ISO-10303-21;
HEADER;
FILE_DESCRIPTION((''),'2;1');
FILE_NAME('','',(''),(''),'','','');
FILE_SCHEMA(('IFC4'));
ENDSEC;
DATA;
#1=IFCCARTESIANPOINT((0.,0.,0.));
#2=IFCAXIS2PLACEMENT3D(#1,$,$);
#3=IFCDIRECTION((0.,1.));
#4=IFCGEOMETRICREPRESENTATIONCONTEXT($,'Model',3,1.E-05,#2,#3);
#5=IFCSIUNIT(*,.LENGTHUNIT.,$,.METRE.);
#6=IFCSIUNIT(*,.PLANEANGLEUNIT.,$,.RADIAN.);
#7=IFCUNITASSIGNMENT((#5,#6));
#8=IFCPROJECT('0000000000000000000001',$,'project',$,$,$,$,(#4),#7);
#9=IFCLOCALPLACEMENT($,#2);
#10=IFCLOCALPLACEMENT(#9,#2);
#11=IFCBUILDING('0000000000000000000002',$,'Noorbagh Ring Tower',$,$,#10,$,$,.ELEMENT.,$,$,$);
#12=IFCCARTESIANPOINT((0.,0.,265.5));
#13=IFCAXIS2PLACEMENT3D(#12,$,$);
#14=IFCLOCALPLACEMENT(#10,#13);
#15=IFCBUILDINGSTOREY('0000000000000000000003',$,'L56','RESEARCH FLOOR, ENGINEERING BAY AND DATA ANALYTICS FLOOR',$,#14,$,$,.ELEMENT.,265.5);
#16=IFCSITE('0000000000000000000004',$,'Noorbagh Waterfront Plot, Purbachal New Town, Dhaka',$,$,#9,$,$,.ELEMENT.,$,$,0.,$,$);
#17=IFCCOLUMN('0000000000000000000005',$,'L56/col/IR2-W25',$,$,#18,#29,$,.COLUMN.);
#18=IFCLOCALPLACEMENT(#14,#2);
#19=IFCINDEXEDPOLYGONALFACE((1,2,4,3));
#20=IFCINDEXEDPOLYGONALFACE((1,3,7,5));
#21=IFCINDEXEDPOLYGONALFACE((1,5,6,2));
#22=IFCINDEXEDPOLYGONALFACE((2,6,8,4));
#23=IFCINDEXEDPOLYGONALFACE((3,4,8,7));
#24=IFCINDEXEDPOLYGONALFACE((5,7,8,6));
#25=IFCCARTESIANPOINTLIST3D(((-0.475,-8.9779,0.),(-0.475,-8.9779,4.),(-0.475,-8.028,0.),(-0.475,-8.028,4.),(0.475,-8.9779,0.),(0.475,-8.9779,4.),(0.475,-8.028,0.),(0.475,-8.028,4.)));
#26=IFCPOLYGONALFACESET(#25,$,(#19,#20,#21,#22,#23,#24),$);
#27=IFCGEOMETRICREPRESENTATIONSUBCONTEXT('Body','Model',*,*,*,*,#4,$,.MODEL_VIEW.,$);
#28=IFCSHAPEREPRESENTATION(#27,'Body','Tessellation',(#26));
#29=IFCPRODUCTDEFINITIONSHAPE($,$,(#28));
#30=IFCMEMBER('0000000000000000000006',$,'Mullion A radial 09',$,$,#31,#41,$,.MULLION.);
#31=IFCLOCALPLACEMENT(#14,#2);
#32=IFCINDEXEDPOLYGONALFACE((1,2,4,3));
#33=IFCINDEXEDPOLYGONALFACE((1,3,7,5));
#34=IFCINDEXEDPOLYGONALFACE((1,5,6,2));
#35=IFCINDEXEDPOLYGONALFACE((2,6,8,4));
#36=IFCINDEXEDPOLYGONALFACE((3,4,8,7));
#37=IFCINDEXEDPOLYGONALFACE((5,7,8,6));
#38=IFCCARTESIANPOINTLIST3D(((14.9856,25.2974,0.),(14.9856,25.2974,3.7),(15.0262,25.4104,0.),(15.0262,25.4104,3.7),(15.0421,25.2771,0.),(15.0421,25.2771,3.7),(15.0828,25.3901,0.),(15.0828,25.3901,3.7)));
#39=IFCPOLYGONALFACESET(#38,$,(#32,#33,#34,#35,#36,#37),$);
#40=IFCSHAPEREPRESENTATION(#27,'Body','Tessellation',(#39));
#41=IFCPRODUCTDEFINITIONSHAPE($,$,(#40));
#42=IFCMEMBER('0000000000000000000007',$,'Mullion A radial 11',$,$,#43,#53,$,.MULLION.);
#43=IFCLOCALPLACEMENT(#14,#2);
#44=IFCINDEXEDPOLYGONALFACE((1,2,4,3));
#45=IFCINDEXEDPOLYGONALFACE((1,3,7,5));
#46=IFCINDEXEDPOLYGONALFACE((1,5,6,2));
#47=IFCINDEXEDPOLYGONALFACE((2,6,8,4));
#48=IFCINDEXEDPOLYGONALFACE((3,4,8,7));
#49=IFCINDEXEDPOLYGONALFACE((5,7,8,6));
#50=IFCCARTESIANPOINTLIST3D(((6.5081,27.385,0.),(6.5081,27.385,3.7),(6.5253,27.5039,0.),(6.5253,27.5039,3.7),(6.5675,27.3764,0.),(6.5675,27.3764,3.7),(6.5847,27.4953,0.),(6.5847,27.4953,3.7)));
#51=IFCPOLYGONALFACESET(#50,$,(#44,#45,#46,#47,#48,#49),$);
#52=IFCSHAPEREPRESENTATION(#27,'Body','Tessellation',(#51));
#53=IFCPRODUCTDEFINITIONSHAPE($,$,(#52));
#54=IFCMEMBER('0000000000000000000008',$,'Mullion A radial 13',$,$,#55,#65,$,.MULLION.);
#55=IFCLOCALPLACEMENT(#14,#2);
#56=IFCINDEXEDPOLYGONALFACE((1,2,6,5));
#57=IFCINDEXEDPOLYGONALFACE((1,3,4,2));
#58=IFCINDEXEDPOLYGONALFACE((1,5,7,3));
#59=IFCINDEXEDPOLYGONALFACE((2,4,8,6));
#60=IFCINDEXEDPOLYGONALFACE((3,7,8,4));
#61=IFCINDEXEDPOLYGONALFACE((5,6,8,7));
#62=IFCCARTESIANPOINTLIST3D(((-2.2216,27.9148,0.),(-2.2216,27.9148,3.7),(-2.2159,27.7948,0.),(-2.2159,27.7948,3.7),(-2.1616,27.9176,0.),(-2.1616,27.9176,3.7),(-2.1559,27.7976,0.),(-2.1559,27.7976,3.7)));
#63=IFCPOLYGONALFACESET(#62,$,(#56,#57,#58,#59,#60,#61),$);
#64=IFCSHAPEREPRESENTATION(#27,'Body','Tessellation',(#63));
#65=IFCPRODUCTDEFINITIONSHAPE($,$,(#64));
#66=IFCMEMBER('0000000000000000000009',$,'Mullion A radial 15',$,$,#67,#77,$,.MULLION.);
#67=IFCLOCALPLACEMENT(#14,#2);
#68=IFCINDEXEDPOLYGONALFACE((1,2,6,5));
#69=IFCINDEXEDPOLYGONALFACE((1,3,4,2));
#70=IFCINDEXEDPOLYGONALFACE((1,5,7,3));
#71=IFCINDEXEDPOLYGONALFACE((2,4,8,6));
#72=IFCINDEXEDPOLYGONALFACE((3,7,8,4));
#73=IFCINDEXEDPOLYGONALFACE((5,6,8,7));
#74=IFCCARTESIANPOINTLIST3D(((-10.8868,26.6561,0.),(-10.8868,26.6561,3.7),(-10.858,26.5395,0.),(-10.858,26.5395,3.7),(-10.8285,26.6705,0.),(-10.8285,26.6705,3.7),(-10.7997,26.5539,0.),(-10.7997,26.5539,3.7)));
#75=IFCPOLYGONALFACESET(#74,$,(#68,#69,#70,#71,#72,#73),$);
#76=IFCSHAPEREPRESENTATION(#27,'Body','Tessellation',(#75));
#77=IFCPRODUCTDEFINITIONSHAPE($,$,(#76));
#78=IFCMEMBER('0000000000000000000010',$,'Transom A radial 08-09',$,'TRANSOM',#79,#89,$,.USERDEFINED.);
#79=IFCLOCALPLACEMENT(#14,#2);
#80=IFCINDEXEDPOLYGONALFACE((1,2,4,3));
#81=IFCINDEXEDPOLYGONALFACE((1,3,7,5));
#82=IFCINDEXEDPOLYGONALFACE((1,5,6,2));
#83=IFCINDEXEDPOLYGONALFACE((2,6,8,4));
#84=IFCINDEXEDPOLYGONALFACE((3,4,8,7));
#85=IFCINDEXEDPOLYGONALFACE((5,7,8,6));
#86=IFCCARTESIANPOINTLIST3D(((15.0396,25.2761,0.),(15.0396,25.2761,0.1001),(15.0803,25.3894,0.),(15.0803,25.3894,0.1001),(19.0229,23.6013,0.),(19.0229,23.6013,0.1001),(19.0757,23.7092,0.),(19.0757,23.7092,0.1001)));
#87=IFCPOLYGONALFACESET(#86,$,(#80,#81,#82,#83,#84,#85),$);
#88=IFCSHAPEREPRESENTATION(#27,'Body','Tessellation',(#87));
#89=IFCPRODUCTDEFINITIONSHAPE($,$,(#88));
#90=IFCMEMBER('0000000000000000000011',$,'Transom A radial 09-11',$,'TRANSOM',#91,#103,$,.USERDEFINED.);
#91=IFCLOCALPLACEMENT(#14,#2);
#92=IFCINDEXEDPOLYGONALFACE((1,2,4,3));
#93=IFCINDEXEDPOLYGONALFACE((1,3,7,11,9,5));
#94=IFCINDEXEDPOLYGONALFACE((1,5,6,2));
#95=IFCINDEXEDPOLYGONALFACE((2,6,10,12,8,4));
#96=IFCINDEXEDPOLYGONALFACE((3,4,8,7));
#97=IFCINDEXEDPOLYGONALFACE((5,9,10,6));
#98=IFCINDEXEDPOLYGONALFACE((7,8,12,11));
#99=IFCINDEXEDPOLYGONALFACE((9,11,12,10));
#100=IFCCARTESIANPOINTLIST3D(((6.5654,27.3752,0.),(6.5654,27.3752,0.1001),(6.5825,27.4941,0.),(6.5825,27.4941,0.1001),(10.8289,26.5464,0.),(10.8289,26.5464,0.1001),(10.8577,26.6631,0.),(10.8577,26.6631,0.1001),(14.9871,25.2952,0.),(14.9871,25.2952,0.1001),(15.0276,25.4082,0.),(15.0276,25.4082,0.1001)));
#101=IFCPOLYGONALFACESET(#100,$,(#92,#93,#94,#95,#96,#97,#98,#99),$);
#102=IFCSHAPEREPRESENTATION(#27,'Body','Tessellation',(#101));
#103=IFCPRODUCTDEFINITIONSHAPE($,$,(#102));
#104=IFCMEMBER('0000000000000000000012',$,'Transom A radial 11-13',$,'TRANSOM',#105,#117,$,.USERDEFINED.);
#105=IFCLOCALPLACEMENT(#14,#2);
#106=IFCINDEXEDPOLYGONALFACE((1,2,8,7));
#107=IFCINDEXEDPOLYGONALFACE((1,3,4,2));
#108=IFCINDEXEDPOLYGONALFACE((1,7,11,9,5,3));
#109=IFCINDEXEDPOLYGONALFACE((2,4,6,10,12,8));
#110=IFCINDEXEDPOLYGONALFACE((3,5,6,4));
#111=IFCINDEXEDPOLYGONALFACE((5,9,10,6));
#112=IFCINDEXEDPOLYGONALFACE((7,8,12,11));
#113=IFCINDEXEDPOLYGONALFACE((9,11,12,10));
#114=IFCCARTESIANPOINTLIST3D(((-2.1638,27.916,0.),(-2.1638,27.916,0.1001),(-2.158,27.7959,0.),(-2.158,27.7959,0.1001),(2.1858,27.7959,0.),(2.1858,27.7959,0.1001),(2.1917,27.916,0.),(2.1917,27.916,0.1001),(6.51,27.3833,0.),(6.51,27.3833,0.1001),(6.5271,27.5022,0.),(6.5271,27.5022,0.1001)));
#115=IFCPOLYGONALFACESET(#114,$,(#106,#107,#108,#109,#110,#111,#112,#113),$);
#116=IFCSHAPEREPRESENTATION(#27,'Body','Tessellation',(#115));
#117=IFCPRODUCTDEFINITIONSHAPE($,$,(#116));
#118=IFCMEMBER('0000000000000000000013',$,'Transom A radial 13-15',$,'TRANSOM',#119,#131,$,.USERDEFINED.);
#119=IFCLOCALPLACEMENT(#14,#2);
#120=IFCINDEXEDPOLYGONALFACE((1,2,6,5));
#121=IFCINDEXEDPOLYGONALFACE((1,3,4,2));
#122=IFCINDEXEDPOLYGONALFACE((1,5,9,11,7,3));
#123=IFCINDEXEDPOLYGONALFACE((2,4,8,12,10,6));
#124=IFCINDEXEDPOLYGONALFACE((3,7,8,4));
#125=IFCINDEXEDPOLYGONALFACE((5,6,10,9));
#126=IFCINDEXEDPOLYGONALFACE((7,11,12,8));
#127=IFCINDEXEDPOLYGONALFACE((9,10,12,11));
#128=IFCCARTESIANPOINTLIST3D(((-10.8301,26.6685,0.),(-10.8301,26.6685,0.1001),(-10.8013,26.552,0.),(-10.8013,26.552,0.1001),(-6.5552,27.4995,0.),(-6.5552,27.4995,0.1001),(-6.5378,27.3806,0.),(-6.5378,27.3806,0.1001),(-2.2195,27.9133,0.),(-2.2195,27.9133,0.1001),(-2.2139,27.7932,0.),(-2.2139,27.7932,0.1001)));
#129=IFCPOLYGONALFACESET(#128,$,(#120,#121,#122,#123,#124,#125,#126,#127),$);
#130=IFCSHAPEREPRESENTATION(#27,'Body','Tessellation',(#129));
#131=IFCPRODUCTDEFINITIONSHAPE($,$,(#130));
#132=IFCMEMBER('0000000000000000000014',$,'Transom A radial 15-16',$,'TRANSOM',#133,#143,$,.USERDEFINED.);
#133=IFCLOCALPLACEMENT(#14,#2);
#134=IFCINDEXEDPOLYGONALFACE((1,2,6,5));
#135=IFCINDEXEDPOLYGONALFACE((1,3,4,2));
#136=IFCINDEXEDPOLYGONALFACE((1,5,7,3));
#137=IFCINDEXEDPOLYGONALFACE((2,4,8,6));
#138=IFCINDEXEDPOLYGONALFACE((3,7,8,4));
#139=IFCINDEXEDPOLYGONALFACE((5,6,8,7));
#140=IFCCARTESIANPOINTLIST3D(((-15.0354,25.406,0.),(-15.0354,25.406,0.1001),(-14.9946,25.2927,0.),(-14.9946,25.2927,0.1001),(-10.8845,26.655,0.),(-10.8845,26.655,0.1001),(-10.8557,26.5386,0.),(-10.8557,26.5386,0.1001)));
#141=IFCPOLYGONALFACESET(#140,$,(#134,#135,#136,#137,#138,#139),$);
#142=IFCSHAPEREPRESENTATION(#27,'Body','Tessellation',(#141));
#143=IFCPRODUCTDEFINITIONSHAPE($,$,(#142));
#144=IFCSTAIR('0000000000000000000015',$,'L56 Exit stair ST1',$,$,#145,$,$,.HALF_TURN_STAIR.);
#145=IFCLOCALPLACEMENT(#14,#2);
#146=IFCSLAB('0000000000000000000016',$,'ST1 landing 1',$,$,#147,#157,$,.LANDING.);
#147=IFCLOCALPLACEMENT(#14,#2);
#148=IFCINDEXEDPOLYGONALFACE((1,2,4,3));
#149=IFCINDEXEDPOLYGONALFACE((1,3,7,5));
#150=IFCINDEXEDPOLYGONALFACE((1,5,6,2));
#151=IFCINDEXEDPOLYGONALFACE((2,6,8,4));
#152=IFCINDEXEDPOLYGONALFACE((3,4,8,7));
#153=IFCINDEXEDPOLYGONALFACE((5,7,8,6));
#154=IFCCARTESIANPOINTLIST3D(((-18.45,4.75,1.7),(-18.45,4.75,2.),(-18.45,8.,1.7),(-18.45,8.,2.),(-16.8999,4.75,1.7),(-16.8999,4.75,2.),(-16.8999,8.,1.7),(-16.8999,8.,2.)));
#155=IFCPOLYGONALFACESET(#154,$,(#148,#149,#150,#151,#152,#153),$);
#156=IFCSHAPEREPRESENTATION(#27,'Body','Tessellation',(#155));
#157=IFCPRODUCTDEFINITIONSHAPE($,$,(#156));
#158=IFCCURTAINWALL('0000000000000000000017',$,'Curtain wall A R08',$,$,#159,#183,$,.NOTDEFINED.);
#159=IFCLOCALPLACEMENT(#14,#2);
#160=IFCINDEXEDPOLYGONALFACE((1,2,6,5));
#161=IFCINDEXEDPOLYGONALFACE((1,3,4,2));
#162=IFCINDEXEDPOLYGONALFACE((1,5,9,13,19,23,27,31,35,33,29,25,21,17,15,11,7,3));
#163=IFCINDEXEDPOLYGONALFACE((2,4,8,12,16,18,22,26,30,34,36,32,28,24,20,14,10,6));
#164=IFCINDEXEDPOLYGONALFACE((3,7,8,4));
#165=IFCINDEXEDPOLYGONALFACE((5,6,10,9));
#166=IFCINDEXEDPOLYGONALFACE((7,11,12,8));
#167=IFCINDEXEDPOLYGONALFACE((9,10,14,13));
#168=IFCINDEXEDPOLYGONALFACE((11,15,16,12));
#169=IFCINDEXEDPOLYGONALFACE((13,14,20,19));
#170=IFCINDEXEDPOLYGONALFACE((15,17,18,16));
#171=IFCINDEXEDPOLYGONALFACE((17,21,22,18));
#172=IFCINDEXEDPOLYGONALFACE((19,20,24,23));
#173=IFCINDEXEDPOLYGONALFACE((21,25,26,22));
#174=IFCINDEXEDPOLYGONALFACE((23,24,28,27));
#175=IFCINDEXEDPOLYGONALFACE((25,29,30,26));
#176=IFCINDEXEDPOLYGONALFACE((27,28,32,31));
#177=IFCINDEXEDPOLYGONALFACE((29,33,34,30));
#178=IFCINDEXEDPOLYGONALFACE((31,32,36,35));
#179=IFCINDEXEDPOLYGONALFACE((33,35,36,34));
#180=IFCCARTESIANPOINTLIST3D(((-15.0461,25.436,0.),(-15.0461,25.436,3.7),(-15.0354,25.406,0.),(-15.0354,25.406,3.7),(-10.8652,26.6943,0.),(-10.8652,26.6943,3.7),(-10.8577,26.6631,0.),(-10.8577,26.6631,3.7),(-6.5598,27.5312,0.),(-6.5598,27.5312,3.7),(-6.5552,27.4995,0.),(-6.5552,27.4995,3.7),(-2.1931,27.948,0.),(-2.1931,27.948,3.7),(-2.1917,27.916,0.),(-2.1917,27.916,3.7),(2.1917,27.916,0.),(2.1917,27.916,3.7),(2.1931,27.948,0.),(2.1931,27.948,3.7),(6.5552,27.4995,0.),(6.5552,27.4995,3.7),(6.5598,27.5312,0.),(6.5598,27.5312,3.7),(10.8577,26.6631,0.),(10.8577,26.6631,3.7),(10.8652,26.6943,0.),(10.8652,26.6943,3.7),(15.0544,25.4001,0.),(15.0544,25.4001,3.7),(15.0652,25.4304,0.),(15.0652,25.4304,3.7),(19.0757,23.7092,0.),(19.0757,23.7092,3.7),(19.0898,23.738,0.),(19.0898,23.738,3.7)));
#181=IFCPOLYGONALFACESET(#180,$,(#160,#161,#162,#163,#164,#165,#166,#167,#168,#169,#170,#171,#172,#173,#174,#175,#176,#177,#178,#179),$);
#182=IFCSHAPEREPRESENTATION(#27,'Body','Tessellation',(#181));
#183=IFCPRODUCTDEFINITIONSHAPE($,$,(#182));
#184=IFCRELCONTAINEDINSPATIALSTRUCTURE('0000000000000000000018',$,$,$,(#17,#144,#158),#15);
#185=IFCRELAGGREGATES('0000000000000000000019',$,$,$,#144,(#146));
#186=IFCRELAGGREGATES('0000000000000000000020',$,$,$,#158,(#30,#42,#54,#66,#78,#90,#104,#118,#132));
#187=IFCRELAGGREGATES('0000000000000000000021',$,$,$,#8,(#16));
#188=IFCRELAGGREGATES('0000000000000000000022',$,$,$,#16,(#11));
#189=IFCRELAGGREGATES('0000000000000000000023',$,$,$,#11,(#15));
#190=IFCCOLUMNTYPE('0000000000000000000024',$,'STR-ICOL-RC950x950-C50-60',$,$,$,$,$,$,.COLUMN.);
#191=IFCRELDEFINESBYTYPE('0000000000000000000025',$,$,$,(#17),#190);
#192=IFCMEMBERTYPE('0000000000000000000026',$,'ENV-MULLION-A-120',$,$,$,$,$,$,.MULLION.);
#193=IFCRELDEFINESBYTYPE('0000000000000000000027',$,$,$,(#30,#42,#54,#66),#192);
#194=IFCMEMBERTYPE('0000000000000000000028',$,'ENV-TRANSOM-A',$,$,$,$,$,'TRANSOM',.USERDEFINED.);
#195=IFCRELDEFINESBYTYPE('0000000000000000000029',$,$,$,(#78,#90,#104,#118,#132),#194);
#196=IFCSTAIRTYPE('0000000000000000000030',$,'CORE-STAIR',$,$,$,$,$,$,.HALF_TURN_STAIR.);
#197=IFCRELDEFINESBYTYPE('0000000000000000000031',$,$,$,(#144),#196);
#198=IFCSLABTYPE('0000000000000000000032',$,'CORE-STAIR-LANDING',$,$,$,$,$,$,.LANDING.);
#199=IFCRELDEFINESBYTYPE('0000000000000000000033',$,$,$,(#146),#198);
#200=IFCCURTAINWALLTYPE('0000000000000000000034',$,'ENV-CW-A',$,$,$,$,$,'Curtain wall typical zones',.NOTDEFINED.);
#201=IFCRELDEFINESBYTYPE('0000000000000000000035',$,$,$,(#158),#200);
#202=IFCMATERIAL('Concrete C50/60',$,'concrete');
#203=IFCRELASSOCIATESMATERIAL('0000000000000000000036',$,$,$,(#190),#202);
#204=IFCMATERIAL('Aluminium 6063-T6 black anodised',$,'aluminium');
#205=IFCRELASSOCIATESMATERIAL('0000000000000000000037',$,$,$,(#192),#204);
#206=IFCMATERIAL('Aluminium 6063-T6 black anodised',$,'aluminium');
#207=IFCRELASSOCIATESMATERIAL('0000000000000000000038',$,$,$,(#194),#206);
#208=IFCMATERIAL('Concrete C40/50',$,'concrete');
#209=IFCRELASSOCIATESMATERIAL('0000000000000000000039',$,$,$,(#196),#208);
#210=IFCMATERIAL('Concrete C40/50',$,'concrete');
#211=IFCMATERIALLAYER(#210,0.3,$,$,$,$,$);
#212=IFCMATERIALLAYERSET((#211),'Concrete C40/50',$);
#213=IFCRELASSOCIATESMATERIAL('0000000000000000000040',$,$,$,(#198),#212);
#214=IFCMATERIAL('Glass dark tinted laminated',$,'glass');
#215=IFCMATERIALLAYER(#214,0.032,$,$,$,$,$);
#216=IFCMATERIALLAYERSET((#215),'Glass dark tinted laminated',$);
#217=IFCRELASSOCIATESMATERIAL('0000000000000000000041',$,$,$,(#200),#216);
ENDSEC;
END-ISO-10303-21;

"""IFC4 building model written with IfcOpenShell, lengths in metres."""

from ifc_helpers import new_model, si_unit, direction, frame, origin, origin_2d, place, context, subcontext, project, spatial, polyline, rectangle, outline, extrude, material, layer, layer_set, material_profile, profile_set, type_object, element, aggregate, save


model = new_model("IFC4")

# Units and contexts
model_context = context("Model", 3, precision=1e-05, world=origin(), true_north=direction((0.0, 1.0)))
body_context = subcontext(model_context, "Body", "Model", "MODEL_VIEW")
ifc_project = project(units=[si_unit("LENGTHUNIT", "METRE"), si_unit("PLANEANGLEUNIT", "RADIAN")], contexts=[model_context])

# Site, building, storey
site_placement = place(None, origin())
site = spatial("IfcSite", under=ifc_project, at=site_placement, Name="Noorbagh Waterfront Plot, Purbachal New Town, Dhaka", CompositionType="ELEMENT", RefElevation=0.0)
building_placement = place(site_placement, origin())
building = spatial("IfcBuilding", under=site, at=building_placement, Name="Noorbagh Ring Tower", CompositionType="ELEMENT")
storey_placement = place(building_placement, frame((0.0, 0.0, 265.5)))
storey = spatial("IfcBuildingStorey", under=building, at=storey_placement, Name="L56", Description="RESEARCH FLOOR, ENGINEERING BAY AND DATA ANALYTICS FLOOR", CompositionType="ELEMENT", Elevation=265.5)

# Column
ifc_material_1 = material(Name="Concrete C50/60", Category="concrete")
ifc_material_profile_1 = material_profile(ifc_material_1, rectangle(XDim=0.95, YDim=0.95, at=origin_2d()), Name="RC950x950")
ifc_profile_set_1 = profile_set([ifc_material_profile_1], Name="Concrete C50/60")
column_type = type_object("IfcColumnType", Name="STR-ICOL-RC950x950-C50-60", PredefinedType="COLUMN", material=ifc_profile_set_1)
column_placement = place(storey_placement, frame((0.0, -8.5029, 0.0), z_axis=(0.0, 0.0, 1.0), x_axis=(1.0, 0.0, 0.0)))
element("IfcColumn", 1, at=column_placement, inside=storey, type_object=column_type, Name="L56/col/IR2-W25", PredefinedType="COLUMN", context=body_context, shape_type="SweptSolid", body=[
    extrude(rectangle(XDim=0.95, YDim=0.95, at=origin_2d()), origin(), (0.0, 0.0, 1.0), 4.0),
])

# Members
ifc_material_2 = material(Name="Aluminium 6063-T6 black anodised", Category="aluminium")
ifc_material_profile_2 = material_profile(ifc_material_2, rectangle(XDim=0.1201, YDim=0.0601, at=origin_2d()), Name="120x60")
ifc_profile_set_2 = profile_set([ifc_material_profile_2], Name="Aluminium 6063-T6 black anodised")
member_type_1 = type_object("IfcMemberType", Name="ENV-MULLION-A-120", PredefinedType="MULLION", material=ifc_profile_set_2)
member_1_placement = place(storey_placement, frame((15.0342, 25.3438, 0.0), z_axis=(0.0, 0.0, 1.0), x_axis=(-0.338379, -0.94101, 0.0)))
member_1 = element("IfcMember", 2, at=member_1_placement, type_object=member_type_1, Name="Mullion A radial 09", PredefinedType="MULLION", context=body_context, shape_type="SweptSolid", body=[
    extrude(rectangle(XDim=0.1201, YDim=0.0601, at=origin_2d()), origin(), (0.0, 0.0, 1.0), 3.7),
])
member_2_placement = place(storey_placement, frame((6.5464, 27.4402, 0.0), z_axis=(0.0, 0.0, 1.0), x_axis=(-0.143082, -0.989711, 0.0)))
member_2 = element("IfcMember", 3, at=member_2_placement, type_object=member_type_1, Name="Mullion A radial 11", PredefinedType="MULLION", context=body_context, shape_type="SweptSolid", body=[
    extrude(rectangle(XDim=0.1201, YDim=0.0601, at=origin_2d()), origin(), (0.0, 0.0, 1.0), 3.7),
])
member_3_placement = place(storey_placement, frame((-2.1887, 27.8562, 0.0), z_axis=(0.0, 0.0, 1.0), x_axis=(0.047558, -0.998868, 0.0)))
member_3 = element("IfcMember", 4, at=member_3_placement, type_object=member_type_1, Name="Mullion A radial 13", PredefinedType="MULLION", context=body_context, shape_type="SweptSolid", body=[
    extrude(rectangle(XDim=0.1201, YDim=0.0601, at=origin_2d()), origin(), (0.0, 0.0, 1.0), 3.7),
])
member_4_placement = place(storey_placement, frame((-10.8433, 26.605, 0.0), z_axis=(0.0, 0.0, 1.0), x_axis=(0.239799, -0.970823, 0.0)))
member_4 = element("IfcMember", 5, at=member_4_placement, type_object=member_type_1, Name="Mullion A radial 15", PredefinedType="MULLION", context=body_context, shape_type="SweptSolid", body=[
    extrude(rectangle(XDim=0.1201, YDim=0.0601, at=origin_2d()), origin(), (0.0, 0.0, 1.0), 3.7),
])
ifc_material_3 = material(Name="Aluminium 6063-T6 black anodised", Category="aluminium")
member_type_2 = type_object("IfcMemberType", Name="ENV-TRANSOM-A", ElementType="TRANSOM", PredefinedType="USERDEFINED", material=ifc_material_3)
member_5_placement = place(storey_placement, origin())
member_5 = element("IfcMember", 6, at=member_5_placement, type_object=member_type_2, Name="Transom A radial 08-09", ObjectType="TRANSOM", PredefinedType="USERDEFINED", context=body_context, shape_type="SweptSolid", body=[
    extrude(outline(polyline([(19.0757, 23.7092), (15.0803, 25.3894), (15.0396, 25.2761), (19.0229, 23.6013), (19.0757, 23.7092)])), origin(), (0.0, 0.0, 1.0), 0.1001),
])
member_6_placement = place(storey_placement, origin())
member_6 = element("IfcMember", 7, at=member_6_placement, type_object=member_type_2, Name="Transom A radial 09-11", ObjectType="TRANSOM", PredefinedType="USERDEFINED", context=body_context, shape_type="SweptSolid", body=[
    extrude(outline(polyline([(15.0276, 25.4082), (10.8577, 26.6631), (6.5825, 27.4941), (6.5654, 27.3752), (10.8289, 26.5464), (14.9871, 25.2952), (15.0276, 25.4082)])), origin(), (0.0, 0.0, 1.0), 0.1001),
])
member_7_placement = place(storey_placement, origin())
member_7 = element("IfcMember", 8, at=member_7_placement, type_object=member_type_2, Name="Transom A radial 11-13", ObjectType="TRANSOM", PredefinedType="USERDEFINED", context=body_context, shape_type="SweptSolid", body=[
    extrude(outline(polyline([(6.5271, 27.5022), (2.1917, 27.916), (-2.1638, 27.916), (-2.158, 27.7959), (2.1858, 27.7959), (6.51, 27.3833), (6.5271, 27.5022)])), origin(), (0.0, 0.0, 1.0), 0.1001),
])
member_8_placement = place(storey_placement, origin())
member_8 = element("IfcMember", 9, at=member_8_placement, type_object=member_type_2, Name="Transom A radial 13-15", ObjectType="TRANSOM", PredefinedType="USERDEFINED", context=body_context, shape_type="SweptSolid", body=[
    extrude(outline(polyline([(-2.2195, 27.9133), (-6.5552, 27.4995), (-10.8301, 26.6685), (-10.8013, 26.552), (-6.5378, 27.3806), (-2.2139, 27.7932), (-2.2195, 27.9133)])), origin(), (0.0, 0.0, 1.0), 0.1001),
])
member_9_placement = place(storey_placement, origin())
member_9 = element("IfcMember", 10, at=member_9_placement, type_object=member_type_2, Name="Transom A radial 15-16", ObjectType="TRANSOM", PredefinedType="USERDEFINED", context=body_context, shape_type="SweptSolid", body=[
    extrude(outline(polyline([(-10.8845, 26.655), (-15.0354, 25.406), (-14.9946, 25.2927), (-10.8557, 26.5386), (-10.8845, 26.655)])), origin(), (0.0, 0.0, 1.0), 0.1001),
])

# Stair, slab
ifc_material_4 = material(Name="Concrete C40/50", Category="concrete")
stair_type = type_object("IfcStairType", Name="CORE-STAIR", PredefinedType="HALF_TURN_STAIR", material=ifc_material_4)
stair_1_placement = place(storey_placement, origin())
stair_1 = element("IfcStair", 11, at=stair_1_placement, inside=storey, type_object=stair_type, Name="L56 Exit stair ST1", PredefinedType="HALF_TURN_STAIR")
ifc_material_5 = material(Name="Concrete C40/50", Category="concrete")
ifc_layer_1 = layer(ifc_material_5, 0.3)
ifc_layer_set_1 = layer_set([ifc_layer_1], Name="Concrete C40/50")
slab_type_1 = type_object("IfcSlabType", Name="CORE-STAIR-LANDING", PredefinedType="LANDING", material=ifc_layer_set_1)
slab_1_placement = place(storey_placement, frame((0.0, 0.0, 1.7)))
slab_1 = element("IfcSlab", 12, at=slab_1_placement, type_object=slab_type_1, Name="ST1 landing 1", PredefinedType="LANDING", context=body_context, shape_type="SweptSolid", body=[
    extrude(outline(polyline([(-18.45, 4.75), (-16.8999, 4.75), (-16.8999, 8.0), (-18.45, 8.0), (-18.45, 4.75)])), origin(), (0.0, 0.0, 1.0), 0.3),
])
aggregate(stair_1, [slab_1])

# Curtain wall
ifc_material_6 = material(Name="Glass dark tinted laminated", Category="glass")
ifc_layer_2 = layer(ifc_material_6, 0.032)
ifc_layer_set_2 = layer_set([ifc_layer_2], Name="Glass dark tinted laminated")
curtain_wall_type = type_object("IfcCurtainWallType", Name="ENV-CW-A", ElementType="Curtain wall typical zones", PredefinedType="NOTDEFINED", material=ifc_layer_set_2)
curtain_wall_1_placement = place(storey_placement, origin())
curtain_wall_1 = element("IfcCurtainWall", 13, at=curtain_wall_1_placement, inside=storey, type_object=curtain_wall_type, Name="Curtain wall A R08", PredefinedType="NOTDEFINED", context=body_context, shape_type="SweptSolid", body=[
    extrude(outline(polyline([(19.0898, 23.738), (15.0652, 25.4304), (10.8652, 26.6943), (6.5598, 27.5312), (2.1931, 27.948), (-2.1931, 27.948), (-6.5598, 27.5312), (-10.8652, 26.6943), (-15.0461, 25.436), (-15.0354, 25.406), (-10.8577, 26.6631), (-6.5552, 27.4995), (-2.1917, 27.916), (2.1917, 27.916), (6.5552, 27.4995), (10.8577, 26.6631), (15.0544, 25.4001), (19.0757, 23.7092), (19.0898, 23.738)])), origin(), (0.0, 0.0, 1.0), 3.7),
])
aggregate(curtain_wall_1, [member_1, member_2, member_3, member_4, member_5, member_6, member_7, member_8, member_9])

save(model, "model.ifc")
